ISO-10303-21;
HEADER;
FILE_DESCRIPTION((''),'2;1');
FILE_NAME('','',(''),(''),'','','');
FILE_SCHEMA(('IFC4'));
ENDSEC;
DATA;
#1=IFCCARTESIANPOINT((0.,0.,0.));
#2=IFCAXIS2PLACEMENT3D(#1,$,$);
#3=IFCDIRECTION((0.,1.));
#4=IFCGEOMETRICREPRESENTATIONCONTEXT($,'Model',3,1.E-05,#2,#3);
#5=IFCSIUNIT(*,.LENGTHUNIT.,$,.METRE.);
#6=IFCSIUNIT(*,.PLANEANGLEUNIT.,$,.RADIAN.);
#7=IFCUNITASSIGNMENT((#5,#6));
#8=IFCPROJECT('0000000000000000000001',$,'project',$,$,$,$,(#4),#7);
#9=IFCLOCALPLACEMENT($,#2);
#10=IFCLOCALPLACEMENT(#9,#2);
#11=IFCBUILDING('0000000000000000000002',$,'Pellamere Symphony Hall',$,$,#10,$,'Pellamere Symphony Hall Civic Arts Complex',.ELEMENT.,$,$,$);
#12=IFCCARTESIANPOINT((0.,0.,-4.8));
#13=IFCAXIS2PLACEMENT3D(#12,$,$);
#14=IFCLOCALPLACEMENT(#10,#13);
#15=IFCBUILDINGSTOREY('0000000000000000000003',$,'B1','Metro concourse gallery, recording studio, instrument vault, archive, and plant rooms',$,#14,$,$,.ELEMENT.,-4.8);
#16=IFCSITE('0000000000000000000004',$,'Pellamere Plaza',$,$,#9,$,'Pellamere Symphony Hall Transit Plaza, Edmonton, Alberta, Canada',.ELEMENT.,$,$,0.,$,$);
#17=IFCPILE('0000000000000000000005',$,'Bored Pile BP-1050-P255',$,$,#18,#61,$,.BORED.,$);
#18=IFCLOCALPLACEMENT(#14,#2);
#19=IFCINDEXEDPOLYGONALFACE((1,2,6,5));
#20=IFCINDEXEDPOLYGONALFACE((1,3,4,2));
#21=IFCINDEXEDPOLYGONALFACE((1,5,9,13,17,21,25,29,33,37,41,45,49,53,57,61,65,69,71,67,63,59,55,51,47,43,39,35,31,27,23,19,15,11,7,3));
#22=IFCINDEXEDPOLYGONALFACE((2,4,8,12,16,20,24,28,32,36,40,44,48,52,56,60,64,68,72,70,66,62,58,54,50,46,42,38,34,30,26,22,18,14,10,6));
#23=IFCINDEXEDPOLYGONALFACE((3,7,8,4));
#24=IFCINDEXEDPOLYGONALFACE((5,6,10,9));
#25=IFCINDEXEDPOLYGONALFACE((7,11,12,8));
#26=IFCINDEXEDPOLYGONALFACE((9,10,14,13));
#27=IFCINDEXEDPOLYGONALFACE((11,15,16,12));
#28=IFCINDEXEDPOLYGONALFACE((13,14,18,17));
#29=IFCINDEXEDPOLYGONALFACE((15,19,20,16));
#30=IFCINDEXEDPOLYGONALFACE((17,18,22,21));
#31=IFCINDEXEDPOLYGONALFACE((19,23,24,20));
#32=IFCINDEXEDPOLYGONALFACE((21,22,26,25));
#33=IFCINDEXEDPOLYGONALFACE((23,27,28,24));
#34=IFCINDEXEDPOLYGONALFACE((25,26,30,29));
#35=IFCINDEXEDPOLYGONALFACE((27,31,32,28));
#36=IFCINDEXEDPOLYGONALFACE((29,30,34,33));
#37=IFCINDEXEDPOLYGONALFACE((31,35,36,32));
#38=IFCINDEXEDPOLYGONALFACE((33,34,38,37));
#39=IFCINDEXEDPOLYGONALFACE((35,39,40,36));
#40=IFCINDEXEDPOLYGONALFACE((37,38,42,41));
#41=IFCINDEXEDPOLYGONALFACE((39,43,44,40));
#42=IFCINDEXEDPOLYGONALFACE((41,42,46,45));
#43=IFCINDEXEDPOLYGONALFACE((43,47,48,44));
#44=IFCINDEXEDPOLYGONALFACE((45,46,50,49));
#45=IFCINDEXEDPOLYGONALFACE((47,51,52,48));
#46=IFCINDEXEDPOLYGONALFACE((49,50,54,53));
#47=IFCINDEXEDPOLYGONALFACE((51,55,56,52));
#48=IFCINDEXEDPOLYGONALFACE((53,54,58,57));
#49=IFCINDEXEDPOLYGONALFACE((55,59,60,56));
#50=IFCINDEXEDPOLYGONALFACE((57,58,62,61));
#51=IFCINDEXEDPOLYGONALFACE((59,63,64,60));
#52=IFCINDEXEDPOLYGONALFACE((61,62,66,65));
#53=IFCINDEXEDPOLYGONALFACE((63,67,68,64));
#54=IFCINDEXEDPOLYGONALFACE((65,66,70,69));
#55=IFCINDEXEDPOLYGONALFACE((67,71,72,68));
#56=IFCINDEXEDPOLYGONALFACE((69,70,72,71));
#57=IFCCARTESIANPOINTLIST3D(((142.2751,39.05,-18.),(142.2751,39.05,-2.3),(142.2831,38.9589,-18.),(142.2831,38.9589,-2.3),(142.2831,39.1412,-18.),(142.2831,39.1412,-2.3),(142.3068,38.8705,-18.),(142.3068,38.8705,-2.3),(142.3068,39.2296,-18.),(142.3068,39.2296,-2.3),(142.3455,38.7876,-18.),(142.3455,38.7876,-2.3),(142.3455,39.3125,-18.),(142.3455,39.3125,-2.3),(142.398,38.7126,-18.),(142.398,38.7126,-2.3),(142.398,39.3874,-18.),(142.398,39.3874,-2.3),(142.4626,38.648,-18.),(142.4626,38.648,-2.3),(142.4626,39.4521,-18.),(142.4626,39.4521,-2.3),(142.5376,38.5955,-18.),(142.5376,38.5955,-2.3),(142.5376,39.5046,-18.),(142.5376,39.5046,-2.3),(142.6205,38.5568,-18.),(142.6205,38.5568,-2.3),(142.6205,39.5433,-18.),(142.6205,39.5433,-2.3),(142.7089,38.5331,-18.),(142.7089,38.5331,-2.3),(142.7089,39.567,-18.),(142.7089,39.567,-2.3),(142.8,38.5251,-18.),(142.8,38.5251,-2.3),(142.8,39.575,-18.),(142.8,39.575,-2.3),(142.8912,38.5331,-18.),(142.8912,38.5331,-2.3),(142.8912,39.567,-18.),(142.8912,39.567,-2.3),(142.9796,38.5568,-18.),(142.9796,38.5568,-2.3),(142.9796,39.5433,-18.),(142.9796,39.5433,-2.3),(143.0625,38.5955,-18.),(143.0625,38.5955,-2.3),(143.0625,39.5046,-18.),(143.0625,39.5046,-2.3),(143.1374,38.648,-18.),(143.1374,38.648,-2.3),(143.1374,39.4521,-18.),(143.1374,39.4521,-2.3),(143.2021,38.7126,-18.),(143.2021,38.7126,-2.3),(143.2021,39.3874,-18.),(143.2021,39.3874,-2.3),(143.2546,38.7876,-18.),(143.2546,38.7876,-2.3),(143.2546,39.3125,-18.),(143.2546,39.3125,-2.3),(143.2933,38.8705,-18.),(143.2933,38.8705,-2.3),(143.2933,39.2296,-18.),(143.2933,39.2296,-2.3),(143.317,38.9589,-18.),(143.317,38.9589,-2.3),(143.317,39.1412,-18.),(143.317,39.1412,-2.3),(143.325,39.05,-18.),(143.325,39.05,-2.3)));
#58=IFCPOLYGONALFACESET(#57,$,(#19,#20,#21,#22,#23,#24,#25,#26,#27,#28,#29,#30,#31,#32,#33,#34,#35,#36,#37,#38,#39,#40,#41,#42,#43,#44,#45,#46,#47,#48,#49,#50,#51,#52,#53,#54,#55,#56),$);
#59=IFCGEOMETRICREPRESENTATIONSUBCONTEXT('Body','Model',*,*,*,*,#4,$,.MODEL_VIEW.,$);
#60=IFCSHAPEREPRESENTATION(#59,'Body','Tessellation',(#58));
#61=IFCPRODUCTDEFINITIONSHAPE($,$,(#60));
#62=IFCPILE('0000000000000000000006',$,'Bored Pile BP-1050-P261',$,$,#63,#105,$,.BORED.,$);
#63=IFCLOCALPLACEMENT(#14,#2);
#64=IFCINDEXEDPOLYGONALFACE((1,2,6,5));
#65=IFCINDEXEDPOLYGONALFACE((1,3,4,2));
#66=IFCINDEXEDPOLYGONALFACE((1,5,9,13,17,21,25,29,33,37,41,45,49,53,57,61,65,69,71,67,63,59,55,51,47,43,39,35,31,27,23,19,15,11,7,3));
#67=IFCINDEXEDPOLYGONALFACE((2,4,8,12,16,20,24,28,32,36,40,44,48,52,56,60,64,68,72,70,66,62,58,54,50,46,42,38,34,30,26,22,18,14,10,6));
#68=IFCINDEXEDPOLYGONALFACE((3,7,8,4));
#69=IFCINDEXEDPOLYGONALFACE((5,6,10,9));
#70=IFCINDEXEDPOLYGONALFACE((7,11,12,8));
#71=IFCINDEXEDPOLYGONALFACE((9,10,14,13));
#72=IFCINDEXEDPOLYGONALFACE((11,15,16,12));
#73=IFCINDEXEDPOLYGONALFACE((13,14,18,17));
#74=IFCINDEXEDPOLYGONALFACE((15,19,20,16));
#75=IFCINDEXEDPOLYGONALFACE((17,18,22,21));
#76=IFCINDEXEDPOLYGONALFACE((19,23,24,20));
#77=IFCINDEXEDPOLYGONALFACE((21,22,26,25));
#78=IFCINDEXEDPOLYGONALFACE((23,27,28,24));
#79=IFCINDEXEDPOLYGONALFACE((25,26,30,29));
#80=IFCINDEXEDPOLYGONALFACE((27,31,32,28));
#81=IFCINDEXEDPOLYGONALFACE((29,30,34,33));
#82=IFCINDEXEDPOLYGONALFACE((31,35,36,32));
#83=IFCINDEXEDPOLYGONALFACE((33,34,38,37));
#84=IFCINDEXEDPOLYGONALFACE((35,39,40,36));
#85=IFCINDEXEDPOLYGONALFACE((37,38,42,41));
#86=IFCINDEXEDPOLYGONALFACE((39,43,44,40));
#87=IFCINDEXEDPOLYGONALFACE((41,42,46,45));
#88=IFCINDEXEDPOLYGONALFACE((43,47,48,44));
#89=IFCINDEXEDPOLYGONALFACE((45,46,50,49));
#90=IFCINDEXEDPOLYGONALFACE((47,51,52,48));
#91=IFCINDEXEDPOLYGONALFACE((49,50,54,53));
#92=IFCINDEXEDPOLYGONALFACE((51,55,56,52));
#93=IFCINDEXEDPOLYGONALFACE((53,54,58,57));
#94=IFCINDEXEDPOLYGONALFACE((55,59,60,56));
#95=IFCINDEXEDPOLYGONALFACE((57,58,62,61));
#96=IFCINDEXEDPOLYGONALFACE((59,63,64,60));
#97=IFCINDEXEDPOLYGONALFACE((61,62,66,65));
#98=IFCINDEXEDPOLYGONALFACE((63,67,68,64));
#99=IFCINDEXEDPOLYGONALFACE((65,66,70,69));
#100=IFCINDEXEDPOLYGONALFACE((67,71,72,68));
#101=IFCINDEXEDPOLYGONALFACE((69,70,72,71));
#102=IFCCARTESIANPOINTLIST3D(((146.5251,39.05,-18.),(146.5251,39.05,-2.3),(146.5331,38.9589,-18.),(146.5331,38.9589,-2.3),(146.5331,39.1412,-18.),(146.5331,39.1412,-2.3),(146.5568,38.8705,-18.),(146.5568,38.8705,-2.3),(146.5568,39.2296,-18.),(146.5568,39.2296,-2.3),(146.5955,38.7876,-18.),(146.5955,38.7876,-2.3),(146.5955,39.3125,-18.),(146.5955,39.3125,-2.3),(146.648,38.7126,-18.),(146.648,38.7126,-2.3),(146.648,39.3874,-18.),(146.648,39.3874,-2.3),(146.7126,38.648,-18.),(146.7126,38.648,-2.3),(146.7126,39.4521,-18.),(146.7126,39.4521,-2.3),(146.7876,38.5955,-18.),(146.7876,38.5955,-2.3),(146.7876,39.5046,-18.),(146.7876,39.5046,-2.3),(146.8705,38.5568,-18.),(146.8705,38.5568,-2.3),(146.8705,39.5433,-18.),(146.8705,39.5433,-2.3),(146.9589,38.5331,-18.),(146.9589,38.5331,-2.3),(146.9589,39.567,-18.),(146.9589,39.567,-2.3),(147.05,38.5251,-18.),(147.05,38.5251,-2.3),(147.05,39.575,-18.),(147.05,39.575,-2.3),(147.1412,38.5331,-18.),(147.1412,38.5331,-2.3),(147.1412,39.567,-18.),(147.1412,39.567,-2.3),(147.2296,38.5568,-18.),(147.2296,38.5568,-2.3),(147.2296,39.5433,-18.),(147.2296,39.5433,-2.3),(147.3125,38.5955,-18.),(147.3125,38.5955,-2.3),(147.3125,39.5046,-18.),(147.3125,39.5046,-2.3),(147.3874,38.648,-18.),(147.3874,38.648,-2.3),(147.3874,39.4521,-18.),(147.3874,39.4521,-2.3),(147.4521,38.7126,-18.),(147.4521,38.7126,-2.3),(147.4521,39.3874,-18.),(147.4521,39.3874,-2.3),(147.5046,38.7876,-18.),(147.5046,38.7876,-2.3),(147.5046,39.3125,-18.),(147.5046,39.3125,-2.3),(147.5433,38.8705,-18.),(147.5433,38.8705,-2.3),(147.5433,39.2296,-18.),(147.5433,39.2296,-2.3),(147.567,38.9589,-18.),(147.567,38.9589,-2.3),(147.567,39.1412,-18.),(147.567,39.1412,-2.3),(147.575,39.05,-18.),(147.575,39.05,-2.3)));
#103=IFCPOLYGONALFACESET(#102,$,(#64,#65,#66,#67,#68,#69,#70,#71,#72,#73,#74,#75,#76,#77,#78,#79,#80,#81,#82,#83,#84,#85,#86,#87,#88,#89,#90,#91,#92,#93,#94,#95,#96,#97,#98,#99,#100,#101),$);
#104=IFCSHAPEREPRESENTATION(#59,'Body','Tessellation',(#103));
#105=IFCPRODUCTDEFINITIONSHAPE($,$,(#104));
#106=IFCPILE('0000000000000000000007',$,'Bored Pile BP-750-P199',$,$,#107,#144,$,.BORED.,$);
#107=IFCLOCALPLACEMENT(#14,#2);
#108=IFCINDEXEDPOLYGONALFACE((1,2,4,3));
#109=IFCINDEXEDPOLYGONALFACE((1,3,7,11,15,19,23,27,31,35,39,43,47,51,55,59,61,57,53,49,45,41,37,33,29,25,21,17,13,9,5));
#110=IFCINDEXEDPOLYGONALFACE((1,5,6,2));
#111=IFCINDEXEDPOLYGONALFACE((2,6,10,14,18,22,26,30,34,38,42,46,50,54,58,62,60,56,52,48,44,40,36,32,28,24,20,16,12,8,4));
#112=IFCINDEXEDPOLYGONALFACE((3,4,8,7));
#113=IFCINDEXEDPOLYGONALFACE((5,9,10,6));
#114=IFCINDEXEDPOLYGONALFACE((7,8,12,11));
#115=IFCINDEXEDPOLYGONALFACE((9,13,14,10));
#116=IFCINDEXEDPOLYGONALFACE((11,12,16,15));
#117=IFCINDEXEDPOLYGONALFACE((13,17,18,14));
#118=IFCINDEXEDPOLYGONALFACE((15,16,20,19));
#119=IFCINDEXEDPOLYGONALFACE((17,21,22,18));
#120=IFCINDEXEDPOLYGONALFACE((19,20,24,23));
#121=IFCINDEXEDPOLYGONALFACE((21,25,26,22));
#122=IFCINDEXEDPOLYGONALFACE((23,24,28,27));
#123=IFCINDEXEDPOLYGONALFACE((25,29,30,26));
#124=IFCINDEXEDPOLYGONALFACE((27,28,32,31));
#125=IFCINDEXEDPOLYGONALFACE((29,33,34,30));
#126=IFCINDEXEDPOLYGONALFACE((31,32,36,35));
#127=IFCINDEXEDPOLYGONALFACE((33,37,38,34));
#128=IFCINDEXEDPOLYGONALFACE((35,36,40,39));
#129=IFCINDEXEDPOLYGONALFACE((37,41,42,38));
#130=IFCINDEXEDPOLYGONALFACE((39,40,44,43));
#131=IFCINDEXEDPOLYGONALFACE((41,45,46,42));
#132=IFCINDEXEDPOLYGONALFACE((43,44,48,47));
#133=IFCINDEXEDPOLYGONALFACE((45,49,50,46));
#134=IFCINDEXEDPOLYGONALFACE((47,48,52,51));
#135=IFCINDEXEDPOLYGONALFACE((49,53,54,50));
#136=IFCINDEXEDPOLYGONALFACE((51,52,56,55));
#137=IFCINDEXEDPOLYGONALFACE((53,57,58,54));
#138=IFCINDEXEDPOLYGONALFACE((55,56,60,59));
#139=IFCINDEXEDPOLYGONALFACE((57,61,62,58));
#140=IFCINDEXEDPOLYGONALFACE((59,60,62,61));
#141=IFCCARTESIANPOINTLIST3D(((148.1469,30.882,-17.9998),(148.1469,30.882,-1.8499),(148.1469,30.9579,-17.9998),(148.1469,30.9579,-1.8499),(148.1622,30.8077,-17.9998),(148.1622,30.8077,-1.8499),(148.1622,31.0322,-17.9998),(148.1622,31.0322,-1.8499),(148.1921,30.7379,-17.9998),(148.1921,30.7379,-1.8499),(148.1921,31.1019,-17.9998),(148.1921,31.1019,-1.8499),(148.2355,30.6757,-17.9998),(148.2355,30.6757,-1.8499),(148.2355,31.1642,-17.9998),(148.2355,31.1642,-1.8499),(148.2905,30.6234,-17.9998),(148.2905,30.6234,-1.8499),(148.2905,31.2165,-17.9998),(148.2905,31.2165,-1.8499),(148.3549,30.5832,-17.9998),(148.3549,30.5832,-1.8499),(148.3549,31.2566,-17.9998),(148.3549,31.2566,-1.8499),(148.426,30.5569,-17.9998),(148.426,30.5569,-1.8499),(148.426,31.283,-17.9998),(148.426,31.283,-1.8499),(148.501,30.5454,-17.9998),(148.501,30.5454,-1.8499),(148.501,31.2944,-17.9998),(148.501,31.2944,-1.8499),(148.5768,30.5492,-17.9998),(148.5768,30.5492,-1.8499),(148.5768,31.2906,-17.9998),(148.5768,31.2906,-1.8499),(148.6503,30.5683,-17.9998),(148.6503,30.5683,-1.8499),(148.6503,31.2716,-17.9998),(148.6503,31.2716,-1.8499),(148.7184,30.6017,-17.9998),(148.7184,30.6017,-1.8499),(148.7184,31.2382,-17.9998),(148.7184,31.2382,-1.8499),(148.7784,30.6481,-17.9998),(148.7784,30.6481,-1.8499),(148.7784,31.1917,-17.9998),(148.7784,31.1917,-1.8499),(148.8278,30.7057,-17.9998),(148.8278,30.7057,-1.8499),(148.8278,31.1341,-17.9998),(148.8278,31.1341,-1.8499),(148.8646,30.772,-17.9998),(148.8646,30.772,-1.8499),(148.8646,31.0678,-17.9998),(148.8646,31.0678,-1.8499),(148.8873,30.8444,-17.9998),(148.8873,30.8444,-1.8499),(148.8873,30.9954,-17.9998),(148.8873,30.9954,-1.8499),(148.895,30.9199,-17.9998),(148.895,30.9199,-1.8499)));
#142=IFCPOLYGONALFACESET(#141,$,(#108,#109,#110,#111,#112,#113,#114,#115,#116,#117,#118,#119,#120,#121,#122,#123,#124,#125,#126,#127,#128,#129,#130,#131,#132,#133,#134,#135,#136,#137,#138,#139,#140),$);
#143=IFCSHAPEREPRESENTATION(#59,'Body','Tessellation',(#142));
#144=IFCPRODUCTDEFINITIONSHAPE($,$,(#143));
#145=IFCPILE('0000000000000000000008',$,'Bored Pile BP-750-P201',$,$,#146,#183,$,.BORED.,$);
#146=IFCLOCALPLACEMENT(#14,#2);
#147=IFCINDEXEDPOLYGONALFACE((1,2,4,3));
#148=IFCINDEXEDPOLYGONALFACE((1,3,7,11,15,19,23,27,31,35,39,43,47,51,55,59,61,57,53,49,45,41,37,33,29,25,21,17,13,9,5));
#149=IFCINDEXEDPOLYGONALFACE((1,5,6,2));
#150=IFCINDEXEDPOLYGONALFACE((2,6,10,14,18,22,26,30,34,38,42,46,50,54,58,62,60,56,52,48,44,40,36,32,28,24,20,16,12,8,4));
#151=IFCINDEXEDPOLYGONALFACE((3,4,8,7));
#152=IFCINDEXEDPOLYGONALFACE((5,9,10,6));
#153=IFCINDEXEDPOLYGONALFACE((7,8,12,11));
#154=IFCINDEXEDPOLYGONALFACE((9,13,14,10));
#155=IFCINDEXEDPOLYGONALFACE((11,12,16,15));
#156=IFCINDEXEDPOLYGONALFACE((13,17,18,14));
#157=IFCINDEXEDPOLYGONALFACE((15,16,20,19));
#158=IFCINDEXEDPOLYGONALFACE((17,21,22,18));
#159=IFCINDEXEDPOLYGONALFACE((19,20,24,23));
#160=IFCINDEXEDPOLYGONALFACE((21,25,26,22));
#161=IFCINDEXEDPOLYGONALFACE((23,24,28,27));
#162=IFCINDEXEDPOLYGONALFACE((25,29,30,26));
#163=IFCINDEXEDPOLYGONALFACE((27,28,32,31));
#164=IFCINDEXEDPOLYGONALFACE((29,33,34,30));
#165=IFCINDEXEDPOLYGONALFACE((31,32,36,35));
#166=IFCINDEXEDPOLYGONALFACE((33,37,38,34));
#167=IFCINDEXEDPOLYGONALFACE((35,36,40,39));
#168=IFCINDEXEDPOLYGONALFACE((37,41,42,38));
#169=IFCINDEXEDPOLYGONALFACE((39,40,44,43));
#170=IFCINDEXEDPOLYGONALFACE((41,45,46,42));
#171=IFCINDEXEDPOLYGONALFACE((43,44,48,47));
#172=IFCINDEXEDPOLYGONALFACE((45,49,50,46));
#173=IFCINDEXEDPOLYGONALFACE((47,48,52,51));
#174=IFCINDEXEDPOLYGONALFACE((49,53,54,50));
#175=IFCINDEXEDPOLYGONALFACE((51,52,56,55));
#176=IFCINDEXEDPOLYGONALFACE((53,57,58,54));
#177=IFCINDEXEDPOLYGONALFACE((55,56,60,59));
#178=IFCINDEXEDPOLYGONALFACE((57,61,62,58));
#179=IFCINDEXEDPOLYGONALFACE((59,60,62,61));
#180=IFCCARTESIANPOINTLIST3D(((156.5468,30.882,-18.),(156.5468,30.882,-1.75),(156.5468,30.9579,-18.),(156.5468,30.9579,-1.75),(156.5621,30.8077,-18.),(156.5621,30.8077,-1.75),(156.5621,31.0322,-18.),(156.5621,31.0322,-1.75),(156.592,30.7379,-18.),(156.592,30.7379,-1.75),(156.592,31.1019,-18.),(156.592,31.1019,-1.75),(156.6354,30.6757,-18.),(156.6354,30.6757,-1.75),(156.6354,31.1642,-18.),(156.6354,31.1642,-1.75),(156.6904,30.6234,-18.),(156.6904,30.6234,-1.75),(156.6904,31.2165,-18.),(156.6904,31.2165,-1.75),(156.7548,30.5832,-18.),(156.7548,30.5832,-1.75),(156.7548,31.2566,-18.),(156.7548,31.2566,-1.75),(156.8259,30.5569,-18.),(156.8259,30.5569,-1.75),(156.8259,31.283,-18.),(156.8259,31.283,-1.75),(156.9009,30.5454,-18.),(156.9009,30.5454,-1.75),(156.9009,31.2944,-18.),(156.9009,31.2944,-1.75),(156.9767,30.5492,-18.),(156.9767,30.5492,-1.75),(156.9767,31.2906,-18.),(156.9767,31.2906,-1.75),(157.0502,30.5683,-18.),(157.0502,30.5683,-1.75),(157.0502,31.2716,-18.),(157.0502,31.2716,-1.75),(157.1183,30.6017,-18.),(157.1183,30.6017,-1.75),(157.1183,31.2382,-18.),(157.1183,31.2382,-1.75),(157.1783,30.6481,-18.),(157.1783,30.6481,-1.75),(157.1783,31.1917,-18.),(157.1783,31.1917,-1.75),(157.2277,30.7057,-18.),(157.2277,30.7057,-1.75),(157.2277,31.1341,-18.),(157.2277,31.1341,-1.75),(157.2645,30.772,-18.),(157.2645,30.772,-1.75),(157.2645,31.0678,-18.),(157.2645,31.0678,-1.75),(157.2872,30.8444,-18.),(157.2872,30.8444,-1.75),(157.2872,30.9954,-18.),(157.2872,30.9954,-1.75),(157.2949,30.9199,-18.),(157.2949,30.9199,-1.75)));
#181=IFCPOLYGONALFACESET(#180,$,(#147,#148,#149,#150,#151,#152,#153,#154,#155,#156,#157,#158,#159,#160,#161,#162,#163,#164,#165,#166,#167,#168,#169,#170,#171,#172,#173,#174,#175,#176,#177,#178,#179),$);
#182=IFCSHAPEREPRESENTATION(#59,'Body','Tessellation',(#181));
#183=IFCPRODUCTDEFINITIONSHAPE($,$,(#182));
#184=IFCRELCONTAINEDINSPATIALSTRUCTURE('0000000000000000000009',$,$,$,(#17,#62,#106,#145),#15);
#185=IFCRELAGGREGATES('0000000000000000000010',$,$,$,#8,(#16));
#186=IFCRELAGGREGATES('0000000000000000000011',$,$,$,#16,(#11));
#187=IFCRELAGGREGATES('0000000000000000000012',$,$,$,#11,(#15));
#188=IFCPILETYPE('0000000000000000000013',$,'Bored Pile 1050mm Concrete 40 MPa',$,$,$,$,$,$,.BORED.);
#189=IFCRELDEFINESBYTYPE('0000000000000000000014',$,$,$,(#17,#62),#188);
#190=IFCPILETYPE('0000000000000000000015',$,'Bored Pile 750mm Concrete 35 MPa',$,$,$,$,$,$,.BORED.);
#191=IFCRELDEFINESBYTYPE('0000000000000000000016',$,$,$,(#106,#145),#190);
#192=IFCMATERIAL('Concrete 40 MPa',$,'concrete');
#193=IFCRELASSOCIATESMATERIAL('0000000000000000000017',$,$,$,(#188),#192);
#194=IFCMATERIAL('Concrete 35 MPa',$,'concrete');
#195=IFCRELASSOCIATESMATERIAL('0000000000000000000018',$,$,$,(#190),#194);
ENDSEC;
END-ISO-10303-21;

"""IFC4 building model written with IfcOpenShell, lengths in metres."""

from ifc_helpers import new_model, si_unit, direction, frame, origin, origin_2d, place, context, subcontext, project, spatial, circle, extrude, material, material_profile, profile_set, type_object, element, save


model = new_model("IFC4")

# Units and contexts
model_context = context("Model", 3, precision=1e-05, world=origin(), true_north=direction((0.0, 1.0)))
body_context = subcontext(model_context, "Body", "Model", "MODEL_VIEW")
ifc_project = project(units=[si_unit("LENGTHUNIT", "METRE"), si_unit("PLANEANGLEUNIT", "RADIAN")], contexts=[model_context])

# Site, building, storey
site_placement = place(None, origin())
site = spatial("IfcSite", under=ifc_project, at=site_placement, Name="Pellamere Plaza", LongName="Pellamere Symphony Hall Transit Plaza, Edmonton, Alberta, Canada", CompositionType="ELEMENT", RefElevation=0.0)
building_placement = place(site_placement, origin())
building = spatial("IfcBuilding", under=site, at=building_placement, Name="Pellamere Symphony Hall", LongName="Pellamere Symphony Hall Civic Arts Complex", CompositionType="ELEMENT")
storey_placement = place(building_placement, frame((0.0, 0.0, -4.8)))
storey = spatial("IfcBuildingStorey", under=building, at=storey_placement, Name="B1", Description="Metro concourse gallery, recording studio, instrument vault, archive, and plant rooms", CompositionType="ELEMENT", Elevation=-4.8)

# Piles
ifc_material_1 = material(Name="Concrete 40 MPa", Category="concrete")
ifc_material_profile_1 = material_profile(ifc_material_1, circle(Radius=0.5249, at=origin_2d()), Name="PILE D1050")
ifc_profile_set_1 = profile_set([ifc_material_profile_1], Name="Concrete 40 MPa")
pile_type_1 = type_object("IfcPileType", Name="Bored Pile 1050mm Concrete 40 MPa", PredefinedType="BORED", material=ifc_profile_set_1)
for number, where, z_axis, x_axis, name in (
    (1, (142.8, 39.05, -2.3), (0.0, 0.0, -1.0), (1.0, 0.0, 0.0), "Bored Pile BP-1050-P255"),
    (2, (147.05, 39.05, -2.3), (0.0, 0.0, -1.0), (1.0, 0.0, 0.0), "Bored Pile BP-1050-P261"),
):
    element("IfcPile", number, at=place(storey_placement, frame(where, z_axis=z_axis, x_axis=x_axis)), inside=storey, type_object=pile_type_1, Name=name, PredefinedType="BORED", context=body_context, shape_type="SweptSolid", body=[
        extrude(circle(Radius=0.5249, at=origin_2d()), origin(), (0.0, 0.0, 1.0), 15.7),
    ])
ifc_material_2 = material(Name="Concrete 35 MPa", Category="concrete")
ifc_material_profile_2 = material_profile(ifc_material_2, circle(Radius=0.375, at=origin_2d()), Name="PILE D750")
ifc_profile_set_2 = profile_set([ifc_material_profile_2], Name="Concrete 35 MPa")
pile_type_2 = type_object("IfcPileType", Name="Bored Pile 750mm Concrete 35 MPa", PredefinedType="BORED", material=ifc_profile_set_2)
pile_placement = place(storey_placement, frame((148.52, 30.9199, -1.8499), z_axis=(0.0, 0.0, -1.0), x_axis=(1.0, 0.0, 0.0)))
element("IfcPile", 3, at=pile_placement, inside=storey, type_object=pile_type_2, Name="Bored Pile BP-750-P199", PredefinedType="BORED", context=body_context, shape_type="SweptSolid", body=[
    extrude(circle(Radius=0.375, at=origin_2d()), origin(), (0.0, 0.0, 1.0), 16.1499),
])
for number, where, z_axis, x_axis, name in (
    (4, (156.9199, 30.9199, -1.75), (0.0, 0.0, -1.0), (1.0, 0.0, 0.0), "Bored Pile BP-750-P201"),
):
    element("IfcPile", number, at=place(storey_placement, frame(where, z_axis=z_axis, x_axis=x_axis)), inside=storey, type_object=pile_type_2, Name=name, PredefinedType="BORED", context=body_context, shape_type="SweptSolid", body=[
        extrude(circle(Radius=0.375, at=origin_2d()), origin(), (0.0, 0.0, 1.0), 16.25),
    ])

save(model, "model.ifc")
